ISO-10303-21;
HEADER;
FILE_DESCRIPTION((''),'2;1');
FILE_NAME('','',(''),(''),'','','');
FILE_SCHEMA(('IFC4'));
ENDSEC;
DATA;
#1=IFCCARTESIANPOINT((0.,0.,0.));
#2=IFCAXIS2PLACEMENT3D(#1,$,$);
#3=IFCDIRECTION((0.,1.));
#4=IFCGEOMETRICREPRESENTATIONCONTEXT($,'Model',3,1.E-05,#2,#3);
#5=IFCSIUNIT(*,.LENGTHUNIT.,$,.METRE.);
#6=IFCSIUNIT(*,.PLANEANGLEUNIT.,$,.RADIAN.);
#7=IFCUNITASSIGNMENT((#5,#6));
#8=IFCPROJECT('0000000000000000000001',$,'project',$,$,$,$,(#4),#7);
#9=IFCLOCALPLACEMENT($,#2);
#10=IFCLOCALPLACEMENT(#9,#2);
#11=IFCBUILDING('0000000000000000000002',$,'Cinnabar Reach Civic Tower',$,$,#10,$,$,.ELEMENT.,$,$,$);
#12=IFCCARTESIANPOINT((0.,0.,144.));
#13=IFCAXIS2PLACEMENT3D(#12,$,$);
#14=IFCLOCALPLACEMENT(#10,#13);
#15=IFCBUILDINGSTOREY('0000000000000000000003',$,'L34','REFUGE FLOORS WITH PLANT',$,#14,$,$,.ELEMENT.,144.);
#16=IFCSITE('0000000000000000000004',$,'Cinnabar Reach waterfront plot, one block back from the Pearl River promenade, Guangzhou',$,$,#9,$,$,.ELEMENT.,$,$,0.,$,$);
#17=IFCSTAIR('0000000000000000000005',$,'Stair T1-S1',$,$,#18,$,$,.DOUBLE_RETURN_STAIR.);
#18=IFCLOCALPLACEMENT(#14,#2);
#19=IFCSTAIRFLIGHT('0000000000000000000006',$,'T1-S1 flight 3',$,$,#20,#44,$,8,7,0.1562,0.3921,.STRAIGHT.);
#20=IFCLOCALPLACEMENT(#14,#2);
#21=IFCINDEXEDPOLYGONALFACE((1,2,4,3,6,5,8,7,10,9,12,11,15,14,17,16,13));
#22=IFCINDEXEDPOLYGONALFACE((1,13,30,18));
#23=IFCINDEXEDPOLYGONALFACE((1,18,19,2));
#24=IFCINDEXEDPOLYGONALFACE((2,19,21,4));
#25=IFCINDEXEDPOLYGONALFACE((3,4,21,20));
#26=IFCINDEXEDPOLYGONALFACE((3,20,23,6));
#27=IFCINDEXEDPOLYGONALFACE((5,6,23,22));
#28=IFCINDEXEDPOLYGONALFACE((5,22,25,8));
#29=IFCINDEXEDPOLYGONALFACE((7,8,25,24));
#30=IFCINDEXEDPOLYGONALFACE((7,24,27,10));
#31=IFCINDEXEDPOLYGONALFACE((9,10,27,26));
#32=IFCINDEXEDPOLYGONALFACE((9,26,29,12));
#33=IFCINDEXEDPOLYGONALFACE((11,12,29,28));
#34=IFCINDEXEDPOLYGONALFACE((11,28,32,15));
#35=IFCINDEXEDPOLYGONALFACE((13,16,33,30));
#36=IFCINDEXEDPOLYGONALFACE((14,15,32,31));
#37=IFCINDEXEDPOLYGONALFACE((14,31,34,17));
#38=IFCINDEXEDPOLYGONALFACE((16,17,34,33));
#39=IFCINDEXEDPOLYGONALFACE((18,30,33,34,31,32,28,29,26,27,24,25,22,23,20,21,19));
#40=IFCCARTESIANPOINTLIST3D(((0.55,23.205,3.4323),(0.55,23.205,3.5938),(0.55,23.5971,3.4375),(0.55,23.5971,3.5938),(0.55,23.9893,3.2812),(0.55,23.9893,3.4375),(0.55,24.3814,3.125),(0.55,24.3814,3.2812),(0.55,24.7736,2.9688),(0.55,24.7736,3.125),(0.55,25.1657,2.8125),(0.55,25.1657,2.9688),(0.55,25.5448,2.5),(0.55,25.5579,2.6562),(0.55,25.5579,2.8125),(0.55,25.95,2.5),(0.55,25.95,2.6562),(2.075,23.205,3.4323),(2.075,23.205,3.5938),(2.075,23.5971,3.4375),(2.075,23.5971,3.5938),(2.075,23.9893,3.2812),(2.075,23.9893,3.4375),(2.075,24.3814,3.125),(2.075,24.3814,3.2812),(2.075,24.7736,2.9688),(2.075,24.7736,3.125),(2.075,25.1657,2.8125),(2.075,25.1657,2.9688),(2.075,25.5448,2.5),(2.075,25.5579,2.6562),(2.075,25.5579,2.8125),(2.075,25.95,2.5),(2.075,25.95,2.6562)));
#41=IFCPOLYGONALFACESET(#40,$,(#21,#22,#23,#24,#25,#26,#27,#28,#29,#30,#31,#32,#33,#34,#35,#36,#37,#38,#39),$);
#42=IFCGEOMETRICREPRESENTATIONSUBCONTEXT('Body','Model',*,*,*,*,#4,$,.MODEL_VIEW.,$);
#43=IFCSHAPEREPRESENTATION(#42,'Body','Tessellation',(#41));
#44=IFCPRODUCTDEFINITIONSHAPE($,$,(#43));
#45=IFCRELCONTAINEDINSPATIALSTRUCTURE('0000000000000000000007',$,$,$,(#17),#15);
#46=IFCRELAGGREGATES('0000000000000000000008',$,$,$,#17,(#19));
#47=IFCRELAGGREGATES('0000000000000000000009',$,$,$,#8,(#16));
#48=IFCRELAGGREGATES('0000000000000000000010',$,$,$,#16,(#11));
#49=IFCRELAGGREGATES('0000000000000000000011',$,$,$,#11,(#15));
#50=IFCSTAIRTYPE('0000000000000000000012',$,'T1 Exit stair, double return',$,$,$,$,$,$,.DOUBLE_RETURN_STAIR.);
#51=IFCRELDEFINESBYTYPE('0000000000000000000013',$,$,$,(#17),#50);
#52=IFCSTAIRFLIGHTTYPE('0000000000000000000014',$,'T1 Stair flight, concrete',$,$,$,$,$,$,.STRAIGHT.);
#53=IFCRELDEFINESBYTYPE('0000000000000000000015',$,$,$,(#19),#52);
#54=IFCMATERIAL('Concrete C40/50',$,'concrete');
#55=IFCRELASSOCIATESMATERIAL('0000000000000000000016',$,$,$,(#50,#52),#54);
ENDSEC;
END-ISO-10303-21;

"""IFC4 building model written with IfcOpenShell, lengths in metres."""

from ifc_helpers import new_model, si_unit, direction, frame, origin, place, context, subcontext, project, spatial, polyline, outline, extrude, material, type_object, element, aggregate, save


model = new_model("IFC4")

# Units and contexts
model_context = context("Model", 3, precision=1e-05, world=origin(), true_north=direction((0.0, 1.0)))
body_context = subcontext(model_context, "Body", "Model", "MODEL_VIEW")
ifc_project = project(units=[si_unit("LENGTHUNIT", "METRE"), si_unit("PLANEANGLEUNIT", "RADIAN")], contexts=[model_context])

# Site, building, storey
site_placement = place(None, origin())
site = spatial("IfcSite", under=ifc_project, at=site_placement, Name="Cinnabar Reach waterfront plot, one block back from the Pearl River promenade, Guangzhou", CompositionType="ELEMENT", RefElevation=0.0)
building_placement = place(site_placement, origin())
building = spatial("IfcBuilding", under=site, at=building_placement, Name="Cinnabar Reach Civic Tower", CompositionType="ELEMENT")
storey_placement = place(building_placement, frame((0.0, 0.0, 144.0)))
storey = spatial("IfcBuildingStorey", under=building, at=storey_placement, Name="L34", Description="REFUGE FLOORS WITH PLANT", CompositionType="ELEMENT", Elevation=144.0)

# Stair, stair flight
ifc_material_1 = material(Name="Concrete C40/50", Category="concrete")
stair_type = type_object("IfcStairType", Name="T1 Exit stair, double return", PredefinedType="DOUBLE_RETURN_STAIR", material=ifc_material_1)
stair_placement = place(storey_placement, origin())
stair = element("IfcStair", 1, at=stair_placement, inside=storey, type_object=stair_type, Name="Stair T1-S1", PredefinedType="DOUBLE_RETURN_STAIR")
stair_flight_type = type_object("IfcStairFlightType", Name="T1 Stair flight, concrete", PredefinedType="STRAIGHT", material=ifc_material_1)
stair_flight_placement = place(storey_placement, frame((1.3125, 25.95, 2.5), z_axis=(0.0, 0.0, 1.0), x_axis=(0.0, -1.0, 0.0)))
stair_flight = element("IfcStairFlight", 2, at=stair_flight_placement, type_object=stair_flight_type, Name="T1-S1 flight 3", NumberOfRisers=8, NumberOfTreads=7, PredefinedType="STRAIGHT", RiserHeight=0.1562, TreadLength=0.3921, context=body_context, shape_type="SweptSolid", body=[
    extrude(outline(polyline([(0.0, 0.0), (0.0, 0.1562), (0.3921, 0.1562), (0.3921, 0.3125), (0.7843, 0.3125), (0.7843, 0.4688), (1.1764, 0.4688), (1.1764, 0.625), (1.5686, 0.625), (1.5686, 0.7812), (1.9607, 0.7812), (1.9607, 0.9375), (2.3529, 0.9375), (2.3529, 1.0938), (2.745, 1.0938), (2.745, 1.25), (2.745, 0.9323), (0.4052, 0.0), (0.0, 0.0)])), frame((0.0, 0.7625, 0.0), z_axis=(0.0, -1.0, 0.0), x_axis=(1.0, 0.0, 0.0)), (0.0, 0.0, 1.0), 1.525),
])
aggregate(stair, [stair_flight])

save(model, "model.ifc")
